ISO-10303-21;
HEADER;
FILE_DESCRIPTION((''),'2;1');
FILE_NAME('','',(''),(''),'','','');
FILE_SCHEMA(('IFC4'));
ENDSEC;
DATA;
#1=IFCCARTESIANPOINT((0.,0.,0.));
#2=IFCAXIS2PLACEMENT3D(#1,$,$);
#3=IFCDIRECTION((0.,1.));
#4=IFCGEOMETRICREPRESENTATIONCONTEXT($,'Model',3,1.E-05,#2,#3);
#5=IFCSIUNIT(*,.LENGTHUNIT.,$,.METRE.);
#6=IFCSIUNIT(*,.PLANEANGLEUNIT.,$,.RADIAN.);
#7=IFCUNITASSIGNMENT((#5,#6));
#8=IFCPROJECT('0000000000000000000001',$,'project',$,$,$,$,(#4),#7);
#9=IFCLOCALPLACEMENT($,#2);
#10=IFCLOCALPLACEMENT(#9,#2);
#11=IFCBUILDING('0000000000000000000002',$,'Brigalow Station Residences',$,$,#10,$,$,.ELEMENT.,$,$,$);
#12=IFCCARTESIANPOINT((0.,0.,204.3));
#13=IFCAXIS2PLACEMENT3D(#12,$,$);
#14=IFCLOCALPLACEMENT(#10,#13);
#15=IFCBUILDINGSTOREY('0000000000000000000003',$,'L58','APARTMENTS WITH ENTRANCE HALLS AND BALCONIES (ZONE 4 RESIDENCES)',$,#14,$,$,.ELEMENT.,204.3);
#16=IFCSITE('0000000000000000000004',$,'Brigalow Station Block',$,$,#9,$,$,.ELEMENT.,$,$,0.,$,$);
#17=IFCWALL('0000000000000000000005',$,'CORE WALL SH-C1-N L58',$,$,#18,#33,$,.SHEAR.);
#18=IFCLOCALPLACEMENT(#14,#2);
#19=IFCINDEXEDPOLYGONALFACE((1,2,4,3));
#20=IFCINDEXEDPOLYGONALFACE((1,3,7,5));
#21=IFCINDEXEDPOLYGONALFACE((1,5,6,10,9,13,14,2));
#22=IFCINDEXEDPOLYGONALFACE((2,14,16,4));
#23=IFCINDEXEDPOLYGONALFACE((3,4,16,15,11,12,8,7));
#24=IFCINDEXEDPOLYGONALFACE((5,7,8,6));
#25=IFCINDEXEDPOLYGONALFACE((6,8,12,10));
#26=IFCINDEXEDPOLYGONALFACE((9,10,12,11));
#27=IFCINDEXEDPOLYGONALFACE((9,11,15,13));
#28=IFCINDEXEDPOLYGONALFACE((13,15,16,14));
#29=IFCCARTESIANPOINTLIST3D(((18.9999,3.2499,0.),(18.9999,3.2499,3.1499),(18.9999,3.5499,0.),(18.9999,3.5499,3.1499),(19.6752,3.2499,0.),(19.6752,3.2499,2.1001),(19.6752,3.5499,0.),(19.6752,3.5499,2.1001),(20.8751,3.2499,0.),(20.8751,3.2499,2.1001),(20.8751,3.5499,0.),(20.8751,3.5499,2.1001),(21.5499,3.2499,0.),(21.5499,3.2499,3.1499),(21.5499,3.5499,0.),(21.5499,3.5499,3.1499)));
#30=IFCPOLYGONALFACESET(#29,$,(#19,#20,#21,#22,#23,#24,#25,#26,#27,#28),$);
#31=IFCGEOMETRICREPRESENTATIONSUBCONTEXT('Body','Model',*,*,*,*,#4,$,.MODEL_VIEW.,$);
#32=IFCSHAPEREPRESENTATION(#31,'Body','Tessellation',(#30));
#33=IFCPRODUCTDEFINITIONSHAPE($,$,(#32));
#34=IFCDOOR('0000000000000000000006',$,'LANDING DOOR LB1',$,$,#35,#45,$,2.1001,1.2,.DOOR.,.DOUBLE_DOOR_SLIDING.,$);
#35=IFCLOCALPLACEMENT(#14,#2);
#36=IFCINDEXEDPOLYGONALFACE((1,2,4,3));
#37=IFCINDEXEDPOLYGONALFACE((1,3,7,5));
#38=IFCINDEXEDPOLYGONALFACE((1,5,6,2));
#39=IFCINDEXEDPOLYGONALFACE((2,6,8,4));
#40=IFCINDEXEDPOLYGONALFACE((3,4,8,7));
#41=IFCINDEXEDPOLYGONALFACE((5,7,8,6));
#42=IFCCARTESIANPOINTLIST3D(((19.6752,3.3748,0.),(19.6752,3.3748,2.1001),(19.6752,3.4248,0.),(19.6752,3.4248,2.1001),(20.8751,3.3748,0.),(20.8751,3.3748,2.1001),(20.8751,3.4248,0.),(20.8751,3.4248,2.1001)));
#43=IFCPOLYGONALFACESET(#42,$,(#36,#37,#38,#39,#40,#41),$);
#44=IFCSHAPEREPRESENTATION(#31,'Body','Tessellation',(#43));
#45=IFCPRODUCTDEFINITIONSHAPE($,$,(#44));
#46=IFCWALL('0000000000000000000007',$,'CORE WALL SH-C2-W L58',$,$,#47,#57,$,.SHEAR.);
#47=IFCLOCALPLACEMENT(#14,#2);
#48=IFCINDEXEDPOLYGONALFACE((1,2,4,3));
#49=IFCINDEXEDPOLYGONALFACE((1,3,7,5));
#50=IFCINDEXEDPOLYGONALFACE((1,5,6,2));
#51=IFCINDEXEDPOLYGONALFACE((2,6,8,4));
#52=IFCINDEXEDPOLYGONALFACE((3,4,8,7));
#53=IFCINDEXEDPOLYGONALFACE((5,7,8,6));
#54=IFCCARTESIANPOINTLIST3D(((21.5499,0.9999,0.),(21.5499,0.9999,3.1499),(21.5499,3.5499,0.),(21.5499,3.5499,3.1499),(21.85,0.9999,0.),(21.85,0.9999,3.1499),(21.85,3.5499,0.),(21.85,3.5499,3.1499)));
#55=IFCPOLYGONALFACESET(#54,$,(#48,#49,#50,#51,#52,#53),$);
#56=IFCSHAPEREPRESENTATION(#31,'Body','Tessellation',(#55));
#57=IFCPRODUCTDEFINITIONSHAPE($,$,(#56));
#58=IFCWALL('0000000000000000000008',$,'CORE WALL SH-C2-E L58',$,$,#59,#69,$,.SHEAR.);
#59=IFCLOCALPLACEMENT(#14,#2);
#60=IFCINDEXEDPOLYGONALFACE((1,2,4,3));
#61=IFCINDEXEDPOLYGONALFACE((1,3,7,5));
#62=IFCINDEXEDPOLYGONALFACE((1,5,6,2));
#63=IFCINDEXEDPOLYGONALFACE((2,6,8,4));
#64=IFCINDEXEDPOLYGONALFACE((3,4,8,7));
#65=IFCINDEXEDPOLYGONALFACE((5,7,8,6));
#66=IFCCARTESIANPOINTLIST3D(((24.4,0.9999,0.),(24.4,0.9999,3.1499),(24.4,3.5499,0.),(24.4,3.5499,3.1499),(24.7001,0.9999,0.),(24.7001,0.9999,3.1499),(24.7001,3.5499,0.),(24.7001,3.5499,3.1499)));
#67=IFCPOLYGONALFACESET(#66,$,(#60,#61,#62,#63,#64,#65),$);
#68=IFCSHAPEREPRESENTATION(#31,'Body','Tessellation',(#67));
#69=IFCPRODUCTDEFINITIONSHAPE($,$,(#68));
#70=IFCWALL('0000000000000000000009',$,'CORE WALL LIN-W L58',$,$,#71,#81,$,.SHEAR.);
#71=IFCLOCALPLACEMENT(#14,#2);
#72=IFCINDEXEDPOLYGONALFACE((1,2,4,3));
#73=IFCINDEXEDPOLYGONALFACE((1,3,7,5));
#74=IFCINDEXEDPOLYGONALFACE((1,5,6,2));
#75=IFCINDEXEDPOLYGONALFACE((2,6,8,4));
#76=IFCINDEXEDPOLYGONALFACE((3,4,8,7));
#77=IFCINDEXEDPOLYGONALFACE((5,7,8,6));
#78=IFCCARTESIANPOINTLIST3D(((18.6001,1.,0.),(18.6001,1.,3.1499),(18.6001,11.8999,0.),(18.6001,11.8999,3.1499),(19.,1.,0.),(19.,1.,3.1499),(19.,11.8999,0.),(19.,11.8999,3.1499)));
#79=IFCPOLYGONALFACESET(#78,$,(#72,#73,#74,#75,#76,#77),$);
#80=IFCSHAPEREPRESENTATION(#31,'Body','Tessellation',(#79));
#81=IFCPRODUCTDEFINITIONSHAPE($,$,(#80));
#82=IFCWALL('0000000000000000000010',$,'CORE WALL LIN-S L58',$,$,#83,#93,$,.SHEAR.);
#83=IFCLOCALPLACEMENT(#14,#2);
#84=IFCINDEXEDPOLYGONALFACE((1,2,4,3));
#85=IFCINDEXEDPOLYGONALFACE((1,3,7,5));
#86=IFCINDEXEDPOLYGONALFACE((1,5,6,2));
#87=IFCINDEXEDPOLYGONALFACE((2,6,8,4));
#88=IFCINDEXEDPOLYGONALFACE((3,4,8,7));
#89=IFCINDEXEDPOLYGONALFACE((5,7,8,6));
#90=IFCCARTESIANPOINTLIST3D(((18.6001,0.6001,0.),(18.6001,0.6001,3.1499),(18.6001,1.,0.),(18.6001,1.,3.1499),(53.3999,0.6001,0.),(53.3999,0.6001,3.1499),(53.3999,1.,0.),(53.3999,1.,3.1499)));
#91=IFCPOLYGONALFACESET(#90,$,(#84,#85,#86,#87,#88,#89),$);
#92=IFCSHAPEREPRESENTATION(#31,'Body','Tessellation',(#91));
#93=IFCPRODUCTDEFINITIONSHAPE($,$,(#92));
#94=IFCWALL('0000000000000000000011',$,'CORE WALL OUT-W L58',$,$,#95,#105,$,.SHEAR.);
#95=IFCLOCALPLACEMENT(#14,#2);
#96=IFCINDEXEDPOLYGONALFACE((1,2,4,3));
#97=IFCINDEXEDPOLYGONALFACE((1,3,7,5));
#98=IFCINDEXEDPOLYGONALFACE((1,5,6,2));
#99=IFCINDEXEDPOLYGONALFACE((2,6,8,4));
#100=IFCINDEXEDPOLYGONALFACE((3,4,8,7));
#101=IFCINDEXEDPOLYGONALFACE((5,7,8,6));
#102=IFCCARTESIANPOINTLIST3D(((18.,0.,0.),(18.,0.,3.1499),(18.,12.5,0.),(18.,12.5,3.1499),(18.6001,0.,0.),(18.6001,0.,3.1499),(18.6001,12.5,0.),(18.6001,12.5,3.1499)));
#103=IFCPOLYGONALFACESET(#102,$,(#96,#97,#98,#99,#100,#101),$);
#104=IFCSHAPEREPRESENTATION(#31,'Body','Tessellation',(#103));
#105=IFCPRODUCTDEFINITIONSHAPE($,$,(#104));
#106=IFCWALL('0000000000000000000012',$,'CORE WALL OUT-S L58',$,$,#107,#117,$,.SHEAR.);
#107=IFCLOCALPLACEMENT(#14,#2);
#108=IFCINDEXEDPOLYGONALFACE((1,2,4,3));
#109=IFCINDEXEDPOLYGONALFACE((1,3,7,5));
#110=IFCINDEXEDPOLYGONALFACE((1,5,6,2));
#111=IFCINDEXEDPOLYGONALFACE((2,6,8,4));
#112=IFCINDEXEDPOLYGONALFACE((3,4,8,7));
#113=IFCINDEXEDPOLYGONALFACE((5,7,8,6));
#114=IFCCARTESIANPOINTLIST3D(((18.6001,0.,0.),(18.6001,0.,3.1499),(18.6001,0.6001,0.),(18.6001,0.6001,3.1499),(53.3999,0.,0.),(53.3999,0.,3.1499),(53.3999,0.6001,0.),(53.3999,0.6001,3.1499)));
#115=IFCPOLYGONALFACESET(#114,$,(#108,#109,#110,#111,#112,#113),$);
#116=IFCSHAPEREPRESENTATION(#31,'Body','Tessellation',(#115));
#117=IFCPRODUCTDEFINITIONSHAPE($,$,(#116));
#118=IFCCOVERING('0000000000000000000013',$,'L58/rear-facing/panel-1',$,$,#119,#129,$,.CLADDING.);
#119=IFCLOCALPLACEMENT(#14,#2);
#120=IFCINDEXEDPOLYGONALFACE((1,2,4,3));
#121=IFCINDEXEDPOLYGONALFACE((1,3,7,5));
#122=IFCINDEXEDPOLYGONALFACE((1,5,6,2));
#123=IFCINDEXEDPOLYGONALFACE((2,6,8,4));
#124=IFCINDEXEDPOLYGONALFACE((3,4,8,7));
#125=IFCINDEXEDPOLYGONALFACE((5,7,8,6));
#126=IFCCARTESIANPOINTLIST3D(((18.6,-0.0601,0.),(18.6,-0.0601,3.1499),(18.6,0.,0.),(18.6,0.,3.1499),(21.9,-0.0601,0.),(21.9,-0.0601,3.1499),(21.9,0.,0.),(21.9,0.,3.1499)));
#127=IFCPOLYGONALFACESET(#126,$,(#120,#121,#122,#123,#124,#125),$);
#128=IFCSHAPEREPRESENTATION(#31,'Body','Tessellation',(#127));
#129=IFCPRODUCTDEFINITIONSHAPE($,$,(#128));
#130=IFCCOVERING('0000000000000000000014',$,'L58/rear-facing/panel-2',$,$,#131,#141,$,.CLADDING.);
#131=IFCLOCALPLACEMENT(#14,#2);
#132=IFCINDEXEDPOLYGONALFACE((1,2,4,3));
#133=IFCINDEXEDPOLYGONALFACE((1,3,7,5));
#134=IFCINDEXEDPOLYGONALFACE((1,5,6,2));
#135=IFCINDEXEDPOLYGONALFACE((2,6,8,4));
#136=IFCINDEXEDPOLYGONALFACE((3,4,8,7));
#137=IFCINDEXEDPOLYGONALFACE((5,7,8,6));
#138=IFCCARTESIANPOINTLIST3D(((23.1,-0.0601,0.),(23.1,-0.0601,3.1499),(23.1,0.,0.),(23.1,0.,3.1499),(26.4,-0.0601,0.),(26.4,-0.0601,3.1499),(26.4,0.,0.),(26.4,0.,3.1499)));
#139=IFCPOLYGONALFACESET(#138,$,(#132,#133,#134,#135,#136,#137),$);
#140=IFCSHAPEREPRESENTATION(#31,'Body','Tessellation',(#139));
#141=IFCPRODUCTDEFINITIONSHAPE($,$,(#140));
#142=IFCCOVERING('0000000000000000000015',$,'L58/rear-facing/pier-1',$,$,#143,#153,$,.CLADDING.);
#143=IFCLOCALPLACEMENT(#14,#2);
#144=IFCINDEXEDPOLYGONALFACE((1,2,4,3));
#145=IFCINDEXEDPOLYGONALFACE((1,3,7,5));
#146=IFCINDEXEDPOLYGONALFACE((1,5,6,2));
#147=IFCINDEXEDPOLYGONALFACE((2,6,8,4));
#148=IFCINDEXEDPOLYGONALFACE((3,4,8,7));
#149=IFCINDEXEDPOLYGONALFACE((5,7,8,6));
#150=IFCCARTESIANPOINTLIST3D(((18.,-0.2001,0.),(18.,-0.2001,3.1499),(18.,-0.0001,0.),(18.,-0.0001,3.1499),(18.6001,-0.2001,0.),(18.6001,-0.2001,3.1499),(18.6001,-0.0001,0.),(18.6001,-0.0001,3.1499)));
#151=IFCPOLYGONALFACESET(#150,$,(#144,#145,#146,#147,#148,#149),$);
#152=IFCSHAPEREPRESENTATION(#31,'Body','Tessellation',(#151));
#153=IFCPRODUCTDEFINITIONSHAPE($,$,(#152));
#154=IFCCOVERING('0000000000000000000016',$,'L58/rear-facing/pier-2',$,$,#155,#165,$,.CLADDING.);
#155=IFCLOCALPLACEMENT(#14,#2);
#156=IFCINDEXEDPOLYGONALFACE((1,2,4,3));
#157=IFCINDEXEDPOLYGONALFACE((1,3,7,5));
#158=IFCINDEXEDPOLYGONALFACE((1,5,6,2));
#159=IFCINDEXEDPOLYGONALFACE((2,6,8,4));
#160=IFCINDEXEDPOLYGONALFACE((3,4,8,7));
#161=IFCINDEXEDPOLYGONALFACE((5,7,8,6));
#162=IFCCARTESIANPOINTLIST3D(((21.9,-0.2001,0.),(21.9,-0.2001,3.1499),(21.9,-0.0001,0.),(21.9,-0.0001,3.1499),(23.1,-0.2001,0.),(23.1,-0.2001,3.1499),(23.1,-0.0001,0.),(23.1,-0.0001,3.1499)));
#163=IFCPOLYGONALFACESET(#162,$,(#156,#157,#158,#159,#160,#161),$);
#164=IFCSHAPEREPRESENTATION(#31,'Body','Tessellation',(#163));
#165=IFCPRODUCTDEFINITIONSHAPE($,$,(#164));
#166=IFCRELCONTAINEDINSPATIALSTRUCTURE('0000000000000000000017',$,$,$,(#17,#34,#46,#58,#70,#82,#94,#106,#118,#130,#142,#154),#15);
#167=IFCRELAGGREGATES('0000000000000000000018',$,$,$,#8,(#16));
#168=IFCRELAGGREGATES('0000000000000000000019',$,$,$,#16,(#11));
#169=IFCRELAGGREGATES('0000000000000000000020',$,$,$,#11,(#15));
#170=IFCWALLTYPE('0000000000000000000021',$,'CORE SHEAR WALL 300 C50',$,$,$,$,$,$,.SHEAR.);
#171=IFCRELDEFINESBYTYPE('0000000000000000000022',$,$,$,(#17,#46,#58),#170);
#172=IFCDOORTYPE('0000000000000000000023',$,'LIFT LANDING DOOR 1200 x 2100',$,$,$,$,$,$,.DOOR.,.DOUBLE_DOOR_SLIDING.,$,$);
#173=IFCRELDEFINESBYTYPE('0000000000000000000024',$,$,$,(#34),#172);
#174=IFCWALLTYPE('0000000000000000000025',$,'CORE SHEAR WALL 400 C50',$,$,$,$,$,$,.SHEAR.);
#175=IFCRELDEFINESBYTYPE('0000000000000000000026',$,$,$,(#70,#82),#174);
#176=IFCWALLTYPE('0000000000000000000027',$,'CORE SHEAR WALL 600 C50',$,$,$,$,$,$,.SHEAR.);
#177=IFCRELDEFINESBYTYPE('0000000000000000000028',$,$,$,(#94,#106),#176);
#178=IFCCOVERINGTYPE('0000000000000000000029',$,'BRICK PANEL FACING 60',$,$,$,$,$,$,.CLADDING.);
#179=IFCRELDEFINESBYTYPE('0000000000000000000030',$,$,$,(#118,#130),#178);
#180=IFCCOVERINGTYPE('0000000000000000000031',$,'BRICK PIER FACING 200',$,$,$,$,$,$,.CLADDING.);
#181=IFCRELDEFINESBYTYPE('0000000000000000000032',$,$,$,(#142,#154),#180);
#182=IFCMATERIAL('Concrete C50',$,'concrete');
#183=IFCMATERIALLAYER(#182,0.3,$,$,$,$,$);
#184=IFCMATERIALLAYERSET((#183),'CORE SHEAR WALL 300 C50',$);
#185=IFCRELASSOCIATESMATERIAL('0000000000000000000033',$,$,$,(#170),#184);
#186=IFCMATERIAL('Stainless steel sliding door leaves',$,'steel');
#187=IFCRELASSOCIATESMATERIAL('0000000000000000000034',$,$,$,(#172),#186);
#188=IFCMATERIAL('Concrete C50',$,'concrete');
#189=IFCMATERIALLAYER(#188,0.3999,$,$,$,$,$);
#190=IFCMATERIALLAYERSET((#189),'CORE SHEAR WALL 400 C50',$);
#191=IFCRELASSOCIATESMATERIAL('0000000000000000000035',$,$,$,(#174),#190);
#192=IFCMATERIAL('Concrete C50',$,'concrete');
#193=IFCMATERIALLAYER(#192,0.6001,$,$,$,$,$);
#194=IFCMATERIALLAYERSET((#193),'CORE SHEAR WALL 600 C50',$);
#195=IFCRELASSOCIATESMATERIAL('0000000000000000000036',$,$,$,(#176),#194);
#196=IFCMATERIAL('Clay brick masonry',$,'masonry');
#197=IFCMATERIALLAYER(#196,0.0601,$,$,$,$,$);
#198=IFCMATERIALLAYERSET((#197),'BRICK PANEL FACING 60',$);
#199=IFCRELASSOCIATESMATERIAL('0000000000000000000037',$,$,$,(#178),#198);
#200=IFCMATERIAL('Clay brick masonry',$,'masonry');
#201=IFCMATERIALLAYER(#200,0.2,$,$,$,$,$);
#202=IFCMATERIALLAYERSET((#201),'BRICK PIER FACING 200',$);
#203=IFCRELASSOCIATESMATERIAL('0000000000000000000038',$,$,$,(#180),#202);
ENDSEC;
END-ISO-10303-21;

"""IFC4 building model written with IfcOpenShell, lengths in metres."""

from ifc_helpers import new_model, si_unit, direction, frame, frame_2d, origin, origin_2d, place, context, subcontext, project, spatial, rectangle, extrude, material, layer, layer_set, type_object, element, fill, save


model = new_model("IFC4")

# Units and contexts
model_context = context("Model", 3, precision=1e-05, world=origin(), true_north=direction((0.0, 1.0)))
body_context = subcontext(model_context, "Body", "Model", "MODEL_VIEW")
ifc_project = project(units=[si_unit("LENGTHUNIT", "METRE"), si_unit("PLANEANGLEUNIT", "RADIAN")], contexts=[model_context])

# Site, building, storey
site_placement = place(None, origin())
site = spatial("IfcSite", under=ifc_project, at=site_placement, Name="Brigalow Station Block", CompositionType="ELEMENT", RefElevation=0.0)
building_placement = place(site_placement, origin())
building = spatial("IfcBuilding", under=site, at=building_placement, Name="Brigalow Station Residences", CompositionType="ELEMENT")
storey_placement = place(building_placement, frame((0.0, 0.0, 204.3)))
storey = spatial("IfcBuildingStorey", under=building, at=storey_placement, Name="L58", Description="APARTMENTS WITH ENTRANCE HALLS AND BALCONIES (ZONE 4 RESIDENCES)", CompositionType="ELEMENT", Elevation=204.3)

# Wall, opening, door
ifc_material_1 = material(Name="Concrete C50", Category="concrete")
ifc_layer_1 = layer(ifc_material_1, 0.3)
ifc_layer_set_1 = layer_set([ifc_layer_1], Name="CORE SHEAR WALL 300 C50")
wall_type_1 = type_object("IfcWallType", Name="CORE SHEAR WALL 300 C50", PredefinedType="SHEAR", material=ifc_layer_set_1)
wall_1_placement = place(storey_placement, frame((19.0, 3.3999, 0.0), z_axis=(0.0, 0.0, 1.0), x_axis=(1.0, 0.0, 0.0)))
wall_1 = element("IfcWall", 1, at=wall_1_placement, inside=storey, type_object=wall_type_1, Name="CORE WALL SH-C1-N L58", PredefinedType="SHEAR", context=body_context, shape_type="SweptSolid", body=[
    extrude(rectangle(XDim=2.55, YDim=0.3, at=frame_2d((1.2749, 0.0))), origin(), (0.0, 0.0, 1.0), 3.1499),
])
opening_placement = place(wall_1_placement, frame((0.675, 0.0, 0.0)))
opening = element("IfcOpeningElement", 2, at=opening_placement, cuts=wall_1, PredefinedType="OPENING", context=body_context, shape_type="SweptSolid", body=[
    extrude(rectangle(XDim=1.2, YDim=2.1001, at=frame_2d((0.6001, 1.05))), frame((0.0, 0.1602, 0.0), z_axis=(0.0, -1.0, 0.0), x_axis=(1.0, 0.0, 0.0)), (0.0, 0.0, 1.0), 0.3201),
])
ifc_material_2 = material(Name="Stainless steel sliding door leaves", Category="steel")
door_type = type_object("IfcDoorType", Name="LIFT LANDING DOOR 1200 x 2100", OperationType="DOUBLE_DOOR_SLIDING", PredefinedType="DOOR", material=ifc_material_2)
door_placement = place(opening_placement, origin())
door = element("IfcDoor", 3, at=door_placement, inside=storey, type_object=door_type, Name="LANDING DOOR LB1", OperationType="DOUBLE_DOOR_SLIDING", OverallHeight=2.1001, OverallWidth=1.2, PredefinedType="DOOR", context=body_context, shape_type="SweptSolid", body=[
    extrude(rectangle(XDim=1.2, YDim=2.1001, at=frame_2d((0.6001, 1.05))), frame((0.0, 0.0249, 0.0), z_axis=(0.0, -1.0, 0.0), x_axis=(1.0, 0.0, 0.0)), (0.0, 0.0, 1.0), 0.05),
])
fill(opening, door)

# Walls
for number, where, z_axis, x_axis, name in (
    (4, (21.7, 1.0, 0.0), (0.0, 0.0, 1.0), (0.0, 1.0, 0.0), "CORE WALL SH-C2-W L58"),
    (5, (24.55, 1.0, 0.0), (0.0, 0.0, 1.0), (0.0, 1.0, 0.0), "CORE WALL SH-C2-E L58"),
):
    element("IfcWall", number, at=place(storey_placement, frame(where, z_axis=z_axis, x_axis=x_axis)), inside=storey, type_object=wall_type_1, Name=name, PredefinedType="SHEAR", context=body_context, shape_type="SweptSolid", body=[
        extrude(rectangle(XDim=2.55, YDim=0.3, at=frame_2d((1.2749, 0.0))), origin(), (0.0, 0.0, 1.0), 3.1499),
    ])
ifc_material_3 = material(Name="Concrete C50", Category="concrete")
ifc_layer_2 = layer(ifc_material_3, 0.3999)
ifc_layer_set_2 = layer_set([ifc_layer_2], Name="CORE SHEAR WALL 400 C50")
wall_type_2 = type_object("IfcWallType", Name="CORE SHEAR WALL 400 C50", PredefinedType="SHEAR", material=ifc_layer_set_2)
wall_2_placement = place(storey_placement, frame((18.8, 1.0, 0.0), z_axis=(0.0, 0.0, 1.0), x_axis=(0.0, 1.0, 0.0)))
element("IfcWall", 6, at=wall_2_placement, inside=storey, type_object=wall_type_2, Name="CORE WALL LIN-W L58", PredefinedType="SHEAR", context=body_context, shape_type="SweptSolid", body=[
    extrude(rectangle(XDim=10.8999, YDim=0.3999, at=frame_2d((5.45, 0.0))), origin(), (0.0, 0.0, 1.0), 3.1499),
])
wall_3_placement = place(storey_placement, frame((18.6001, 0.8, 0.0), z_axis=(0.0, 0.0, 1.0), x_axis=(1.0, 0.0, 0.0)))
element("IfcWall", 7, at=wall_3_placement, inside=storey, type_object=wall_type_2, Name="CORE WALL LIN-S L58", PredefinedType="SHEAR", context=body_context, shape_type="SweptSolid", body=[
    extrude(rectangle(XDim=34.7998, YDim=0.3999, at=frame_2d((17.3999, 0.0))), origin(), (0.0, 0.0, 1.0), 3.1499),
])
ifc_material_4 = material(Name="Concrete C50", Category="concrete")
ifc_layer_3 = layer(ifc_material_4, 0.6001)
ifc_layer_set_3 = layer_set([ifc_layer_3], Name="CORE SHEAR WALL 600 C50")
wall_type_3 = type_object("IfcWallType", Name="CORE SHEAR WALL 600 C50", PredefinedType="SHEAR", material=ifc_layer_set_3)
wall_4_placement = place(storey_placement, frame((18.3, 0.0, 0.0), z_axis=(0.0, 0.0, 1.0), x_axis=(0.0, 1.0, 0.0)))
element("IfcWall", 8, at=wall_4_placement, inside=storey, type_object=wall_type_3, Name="CORE WALL OUT-W L58", PredefinedType="SHEAR", context=body_context, shape_type="SweptSolid", body=[
    extrude(rectangle(XDim=12.5, YDim=0.6001, at=frame_2d((6.25, 0.0))), origin(), (0.0, 0.0, 1.0), 3.1499),
])
wall_5_placement = place(storey_placement, frame((18.6001, 0.3, 0.0), z_axis=(0.0, 0.0, 1.0), x_axis=(1.0, 0.0, 0.0)))
element("IfcWall", 9, at=wall_5_placement, inside=storey, type_object=wall_type_3, Name="CORE WALL OUT-S L58", PredefinedType="SHEAR", context=body_context, shape_type="SweptSolid", body=[
    extrude(rectangle(XDim=34.7998, YDim=0.6001, at=frame_2d((17.3999, 0.0))), origin(), (0.0, 0.0, 1.0), 3.1499),
])

# Coverings
ifc_material_5 = material(Name="Clay brick masonry", Category="masonry")
ifc_layer_4 = layer(ifc_material_5, 0.0601)
ifc_layer_set_4 = layer_set([ifc_layer_4], Name="BRICK PANEL FACING 60")
covering_type_1 = type_object("IfcCoveringType", Name="BRICK PANEL FACING 60", PredefinedType="CLADDING", material=ifc_layer_set_4)
for number, where, z_axis, x_axis, name in (
    (10, (20.25, -0.03, 0.0), (0.0, 0.0, 1.0), (1.0, 0.0, 0.0), "L58/rear-facing/panel-1"),
    (11, (24.75, -0.03, 0.0), (0.0, 0.0, 1.0), (1.0, 0.0, 0.0), "L58/rear-facing/panel-2"),
):
    element("IfcCovering", number, at=place(storey_placement, frame(where, z_axis=z_axis, x_axis=x_axis)), inside=storey, type_object=covering_type_1, Name=name, PredefinedType="CLADDING", context=body_context, shape_type="SweptSolid", body=[
        extrude(rectangle(XDim=3.3, YDim=0.0601, at=origin_2d()), origin(), (0.0, 0.0, 1.0), 3.1499),
    ])
ifc_material_6 = material(Name="Clay brick masonry", Category="masonry")
ifc_layer_5 = layer(ifc_material_6, 0.2)
ifc_layer_set_5 = layer_set([ifc_layer_5], Name="BRICK PIER FACING 200")
covering_type_2 = type_object("IfcCoveringType", Name="BRICK PIER FACING 200", PredefinedType="CLADDING", material=ifc_layer_set_5)
covering_1_placement = place(storey_placement, frame((18.3, -0.1001, 0.0), z_axis=(0.0, 0.0, 1.0), x_axis=(1.0, 0.0, 0.0)))
element("IfcCovering", 12, at=covering_1_placement, inside=storey, type_object=covering_type_2, Name="L58/rear-facing/pier-1", PredefinedType="CLADDING", context=body_context, shape_type="SweptSolid", body=[
    extrude(rectangle(XDim=0.6001, YDim=0.2, at=origin_2d()), origin(), (0.0, 0.0, 1.0), 3.1499),
])
covering_2_placement = place(storey_placement, frame((22.5, -0.1001, 0.0), z_axis=(0.0, 0.0, 1.0), x_axis=(1.0, 0.0, 0.0)))
element("IfcCovering", 13, at=covering_2_placement, inside=storey, type_object=covering_type_2, Name="L58/rear-facing/pier-2", PredefinedType="CLADDING", context=body_context, shape_type="SweptSolid", body=[
    extrude(rectangle(XDim=1.2, YDim=0.2, at=origin_2d()), origin(), (0.0, 0.0, 1.0), 3.1499),
])

save(model, "model.ifc")
